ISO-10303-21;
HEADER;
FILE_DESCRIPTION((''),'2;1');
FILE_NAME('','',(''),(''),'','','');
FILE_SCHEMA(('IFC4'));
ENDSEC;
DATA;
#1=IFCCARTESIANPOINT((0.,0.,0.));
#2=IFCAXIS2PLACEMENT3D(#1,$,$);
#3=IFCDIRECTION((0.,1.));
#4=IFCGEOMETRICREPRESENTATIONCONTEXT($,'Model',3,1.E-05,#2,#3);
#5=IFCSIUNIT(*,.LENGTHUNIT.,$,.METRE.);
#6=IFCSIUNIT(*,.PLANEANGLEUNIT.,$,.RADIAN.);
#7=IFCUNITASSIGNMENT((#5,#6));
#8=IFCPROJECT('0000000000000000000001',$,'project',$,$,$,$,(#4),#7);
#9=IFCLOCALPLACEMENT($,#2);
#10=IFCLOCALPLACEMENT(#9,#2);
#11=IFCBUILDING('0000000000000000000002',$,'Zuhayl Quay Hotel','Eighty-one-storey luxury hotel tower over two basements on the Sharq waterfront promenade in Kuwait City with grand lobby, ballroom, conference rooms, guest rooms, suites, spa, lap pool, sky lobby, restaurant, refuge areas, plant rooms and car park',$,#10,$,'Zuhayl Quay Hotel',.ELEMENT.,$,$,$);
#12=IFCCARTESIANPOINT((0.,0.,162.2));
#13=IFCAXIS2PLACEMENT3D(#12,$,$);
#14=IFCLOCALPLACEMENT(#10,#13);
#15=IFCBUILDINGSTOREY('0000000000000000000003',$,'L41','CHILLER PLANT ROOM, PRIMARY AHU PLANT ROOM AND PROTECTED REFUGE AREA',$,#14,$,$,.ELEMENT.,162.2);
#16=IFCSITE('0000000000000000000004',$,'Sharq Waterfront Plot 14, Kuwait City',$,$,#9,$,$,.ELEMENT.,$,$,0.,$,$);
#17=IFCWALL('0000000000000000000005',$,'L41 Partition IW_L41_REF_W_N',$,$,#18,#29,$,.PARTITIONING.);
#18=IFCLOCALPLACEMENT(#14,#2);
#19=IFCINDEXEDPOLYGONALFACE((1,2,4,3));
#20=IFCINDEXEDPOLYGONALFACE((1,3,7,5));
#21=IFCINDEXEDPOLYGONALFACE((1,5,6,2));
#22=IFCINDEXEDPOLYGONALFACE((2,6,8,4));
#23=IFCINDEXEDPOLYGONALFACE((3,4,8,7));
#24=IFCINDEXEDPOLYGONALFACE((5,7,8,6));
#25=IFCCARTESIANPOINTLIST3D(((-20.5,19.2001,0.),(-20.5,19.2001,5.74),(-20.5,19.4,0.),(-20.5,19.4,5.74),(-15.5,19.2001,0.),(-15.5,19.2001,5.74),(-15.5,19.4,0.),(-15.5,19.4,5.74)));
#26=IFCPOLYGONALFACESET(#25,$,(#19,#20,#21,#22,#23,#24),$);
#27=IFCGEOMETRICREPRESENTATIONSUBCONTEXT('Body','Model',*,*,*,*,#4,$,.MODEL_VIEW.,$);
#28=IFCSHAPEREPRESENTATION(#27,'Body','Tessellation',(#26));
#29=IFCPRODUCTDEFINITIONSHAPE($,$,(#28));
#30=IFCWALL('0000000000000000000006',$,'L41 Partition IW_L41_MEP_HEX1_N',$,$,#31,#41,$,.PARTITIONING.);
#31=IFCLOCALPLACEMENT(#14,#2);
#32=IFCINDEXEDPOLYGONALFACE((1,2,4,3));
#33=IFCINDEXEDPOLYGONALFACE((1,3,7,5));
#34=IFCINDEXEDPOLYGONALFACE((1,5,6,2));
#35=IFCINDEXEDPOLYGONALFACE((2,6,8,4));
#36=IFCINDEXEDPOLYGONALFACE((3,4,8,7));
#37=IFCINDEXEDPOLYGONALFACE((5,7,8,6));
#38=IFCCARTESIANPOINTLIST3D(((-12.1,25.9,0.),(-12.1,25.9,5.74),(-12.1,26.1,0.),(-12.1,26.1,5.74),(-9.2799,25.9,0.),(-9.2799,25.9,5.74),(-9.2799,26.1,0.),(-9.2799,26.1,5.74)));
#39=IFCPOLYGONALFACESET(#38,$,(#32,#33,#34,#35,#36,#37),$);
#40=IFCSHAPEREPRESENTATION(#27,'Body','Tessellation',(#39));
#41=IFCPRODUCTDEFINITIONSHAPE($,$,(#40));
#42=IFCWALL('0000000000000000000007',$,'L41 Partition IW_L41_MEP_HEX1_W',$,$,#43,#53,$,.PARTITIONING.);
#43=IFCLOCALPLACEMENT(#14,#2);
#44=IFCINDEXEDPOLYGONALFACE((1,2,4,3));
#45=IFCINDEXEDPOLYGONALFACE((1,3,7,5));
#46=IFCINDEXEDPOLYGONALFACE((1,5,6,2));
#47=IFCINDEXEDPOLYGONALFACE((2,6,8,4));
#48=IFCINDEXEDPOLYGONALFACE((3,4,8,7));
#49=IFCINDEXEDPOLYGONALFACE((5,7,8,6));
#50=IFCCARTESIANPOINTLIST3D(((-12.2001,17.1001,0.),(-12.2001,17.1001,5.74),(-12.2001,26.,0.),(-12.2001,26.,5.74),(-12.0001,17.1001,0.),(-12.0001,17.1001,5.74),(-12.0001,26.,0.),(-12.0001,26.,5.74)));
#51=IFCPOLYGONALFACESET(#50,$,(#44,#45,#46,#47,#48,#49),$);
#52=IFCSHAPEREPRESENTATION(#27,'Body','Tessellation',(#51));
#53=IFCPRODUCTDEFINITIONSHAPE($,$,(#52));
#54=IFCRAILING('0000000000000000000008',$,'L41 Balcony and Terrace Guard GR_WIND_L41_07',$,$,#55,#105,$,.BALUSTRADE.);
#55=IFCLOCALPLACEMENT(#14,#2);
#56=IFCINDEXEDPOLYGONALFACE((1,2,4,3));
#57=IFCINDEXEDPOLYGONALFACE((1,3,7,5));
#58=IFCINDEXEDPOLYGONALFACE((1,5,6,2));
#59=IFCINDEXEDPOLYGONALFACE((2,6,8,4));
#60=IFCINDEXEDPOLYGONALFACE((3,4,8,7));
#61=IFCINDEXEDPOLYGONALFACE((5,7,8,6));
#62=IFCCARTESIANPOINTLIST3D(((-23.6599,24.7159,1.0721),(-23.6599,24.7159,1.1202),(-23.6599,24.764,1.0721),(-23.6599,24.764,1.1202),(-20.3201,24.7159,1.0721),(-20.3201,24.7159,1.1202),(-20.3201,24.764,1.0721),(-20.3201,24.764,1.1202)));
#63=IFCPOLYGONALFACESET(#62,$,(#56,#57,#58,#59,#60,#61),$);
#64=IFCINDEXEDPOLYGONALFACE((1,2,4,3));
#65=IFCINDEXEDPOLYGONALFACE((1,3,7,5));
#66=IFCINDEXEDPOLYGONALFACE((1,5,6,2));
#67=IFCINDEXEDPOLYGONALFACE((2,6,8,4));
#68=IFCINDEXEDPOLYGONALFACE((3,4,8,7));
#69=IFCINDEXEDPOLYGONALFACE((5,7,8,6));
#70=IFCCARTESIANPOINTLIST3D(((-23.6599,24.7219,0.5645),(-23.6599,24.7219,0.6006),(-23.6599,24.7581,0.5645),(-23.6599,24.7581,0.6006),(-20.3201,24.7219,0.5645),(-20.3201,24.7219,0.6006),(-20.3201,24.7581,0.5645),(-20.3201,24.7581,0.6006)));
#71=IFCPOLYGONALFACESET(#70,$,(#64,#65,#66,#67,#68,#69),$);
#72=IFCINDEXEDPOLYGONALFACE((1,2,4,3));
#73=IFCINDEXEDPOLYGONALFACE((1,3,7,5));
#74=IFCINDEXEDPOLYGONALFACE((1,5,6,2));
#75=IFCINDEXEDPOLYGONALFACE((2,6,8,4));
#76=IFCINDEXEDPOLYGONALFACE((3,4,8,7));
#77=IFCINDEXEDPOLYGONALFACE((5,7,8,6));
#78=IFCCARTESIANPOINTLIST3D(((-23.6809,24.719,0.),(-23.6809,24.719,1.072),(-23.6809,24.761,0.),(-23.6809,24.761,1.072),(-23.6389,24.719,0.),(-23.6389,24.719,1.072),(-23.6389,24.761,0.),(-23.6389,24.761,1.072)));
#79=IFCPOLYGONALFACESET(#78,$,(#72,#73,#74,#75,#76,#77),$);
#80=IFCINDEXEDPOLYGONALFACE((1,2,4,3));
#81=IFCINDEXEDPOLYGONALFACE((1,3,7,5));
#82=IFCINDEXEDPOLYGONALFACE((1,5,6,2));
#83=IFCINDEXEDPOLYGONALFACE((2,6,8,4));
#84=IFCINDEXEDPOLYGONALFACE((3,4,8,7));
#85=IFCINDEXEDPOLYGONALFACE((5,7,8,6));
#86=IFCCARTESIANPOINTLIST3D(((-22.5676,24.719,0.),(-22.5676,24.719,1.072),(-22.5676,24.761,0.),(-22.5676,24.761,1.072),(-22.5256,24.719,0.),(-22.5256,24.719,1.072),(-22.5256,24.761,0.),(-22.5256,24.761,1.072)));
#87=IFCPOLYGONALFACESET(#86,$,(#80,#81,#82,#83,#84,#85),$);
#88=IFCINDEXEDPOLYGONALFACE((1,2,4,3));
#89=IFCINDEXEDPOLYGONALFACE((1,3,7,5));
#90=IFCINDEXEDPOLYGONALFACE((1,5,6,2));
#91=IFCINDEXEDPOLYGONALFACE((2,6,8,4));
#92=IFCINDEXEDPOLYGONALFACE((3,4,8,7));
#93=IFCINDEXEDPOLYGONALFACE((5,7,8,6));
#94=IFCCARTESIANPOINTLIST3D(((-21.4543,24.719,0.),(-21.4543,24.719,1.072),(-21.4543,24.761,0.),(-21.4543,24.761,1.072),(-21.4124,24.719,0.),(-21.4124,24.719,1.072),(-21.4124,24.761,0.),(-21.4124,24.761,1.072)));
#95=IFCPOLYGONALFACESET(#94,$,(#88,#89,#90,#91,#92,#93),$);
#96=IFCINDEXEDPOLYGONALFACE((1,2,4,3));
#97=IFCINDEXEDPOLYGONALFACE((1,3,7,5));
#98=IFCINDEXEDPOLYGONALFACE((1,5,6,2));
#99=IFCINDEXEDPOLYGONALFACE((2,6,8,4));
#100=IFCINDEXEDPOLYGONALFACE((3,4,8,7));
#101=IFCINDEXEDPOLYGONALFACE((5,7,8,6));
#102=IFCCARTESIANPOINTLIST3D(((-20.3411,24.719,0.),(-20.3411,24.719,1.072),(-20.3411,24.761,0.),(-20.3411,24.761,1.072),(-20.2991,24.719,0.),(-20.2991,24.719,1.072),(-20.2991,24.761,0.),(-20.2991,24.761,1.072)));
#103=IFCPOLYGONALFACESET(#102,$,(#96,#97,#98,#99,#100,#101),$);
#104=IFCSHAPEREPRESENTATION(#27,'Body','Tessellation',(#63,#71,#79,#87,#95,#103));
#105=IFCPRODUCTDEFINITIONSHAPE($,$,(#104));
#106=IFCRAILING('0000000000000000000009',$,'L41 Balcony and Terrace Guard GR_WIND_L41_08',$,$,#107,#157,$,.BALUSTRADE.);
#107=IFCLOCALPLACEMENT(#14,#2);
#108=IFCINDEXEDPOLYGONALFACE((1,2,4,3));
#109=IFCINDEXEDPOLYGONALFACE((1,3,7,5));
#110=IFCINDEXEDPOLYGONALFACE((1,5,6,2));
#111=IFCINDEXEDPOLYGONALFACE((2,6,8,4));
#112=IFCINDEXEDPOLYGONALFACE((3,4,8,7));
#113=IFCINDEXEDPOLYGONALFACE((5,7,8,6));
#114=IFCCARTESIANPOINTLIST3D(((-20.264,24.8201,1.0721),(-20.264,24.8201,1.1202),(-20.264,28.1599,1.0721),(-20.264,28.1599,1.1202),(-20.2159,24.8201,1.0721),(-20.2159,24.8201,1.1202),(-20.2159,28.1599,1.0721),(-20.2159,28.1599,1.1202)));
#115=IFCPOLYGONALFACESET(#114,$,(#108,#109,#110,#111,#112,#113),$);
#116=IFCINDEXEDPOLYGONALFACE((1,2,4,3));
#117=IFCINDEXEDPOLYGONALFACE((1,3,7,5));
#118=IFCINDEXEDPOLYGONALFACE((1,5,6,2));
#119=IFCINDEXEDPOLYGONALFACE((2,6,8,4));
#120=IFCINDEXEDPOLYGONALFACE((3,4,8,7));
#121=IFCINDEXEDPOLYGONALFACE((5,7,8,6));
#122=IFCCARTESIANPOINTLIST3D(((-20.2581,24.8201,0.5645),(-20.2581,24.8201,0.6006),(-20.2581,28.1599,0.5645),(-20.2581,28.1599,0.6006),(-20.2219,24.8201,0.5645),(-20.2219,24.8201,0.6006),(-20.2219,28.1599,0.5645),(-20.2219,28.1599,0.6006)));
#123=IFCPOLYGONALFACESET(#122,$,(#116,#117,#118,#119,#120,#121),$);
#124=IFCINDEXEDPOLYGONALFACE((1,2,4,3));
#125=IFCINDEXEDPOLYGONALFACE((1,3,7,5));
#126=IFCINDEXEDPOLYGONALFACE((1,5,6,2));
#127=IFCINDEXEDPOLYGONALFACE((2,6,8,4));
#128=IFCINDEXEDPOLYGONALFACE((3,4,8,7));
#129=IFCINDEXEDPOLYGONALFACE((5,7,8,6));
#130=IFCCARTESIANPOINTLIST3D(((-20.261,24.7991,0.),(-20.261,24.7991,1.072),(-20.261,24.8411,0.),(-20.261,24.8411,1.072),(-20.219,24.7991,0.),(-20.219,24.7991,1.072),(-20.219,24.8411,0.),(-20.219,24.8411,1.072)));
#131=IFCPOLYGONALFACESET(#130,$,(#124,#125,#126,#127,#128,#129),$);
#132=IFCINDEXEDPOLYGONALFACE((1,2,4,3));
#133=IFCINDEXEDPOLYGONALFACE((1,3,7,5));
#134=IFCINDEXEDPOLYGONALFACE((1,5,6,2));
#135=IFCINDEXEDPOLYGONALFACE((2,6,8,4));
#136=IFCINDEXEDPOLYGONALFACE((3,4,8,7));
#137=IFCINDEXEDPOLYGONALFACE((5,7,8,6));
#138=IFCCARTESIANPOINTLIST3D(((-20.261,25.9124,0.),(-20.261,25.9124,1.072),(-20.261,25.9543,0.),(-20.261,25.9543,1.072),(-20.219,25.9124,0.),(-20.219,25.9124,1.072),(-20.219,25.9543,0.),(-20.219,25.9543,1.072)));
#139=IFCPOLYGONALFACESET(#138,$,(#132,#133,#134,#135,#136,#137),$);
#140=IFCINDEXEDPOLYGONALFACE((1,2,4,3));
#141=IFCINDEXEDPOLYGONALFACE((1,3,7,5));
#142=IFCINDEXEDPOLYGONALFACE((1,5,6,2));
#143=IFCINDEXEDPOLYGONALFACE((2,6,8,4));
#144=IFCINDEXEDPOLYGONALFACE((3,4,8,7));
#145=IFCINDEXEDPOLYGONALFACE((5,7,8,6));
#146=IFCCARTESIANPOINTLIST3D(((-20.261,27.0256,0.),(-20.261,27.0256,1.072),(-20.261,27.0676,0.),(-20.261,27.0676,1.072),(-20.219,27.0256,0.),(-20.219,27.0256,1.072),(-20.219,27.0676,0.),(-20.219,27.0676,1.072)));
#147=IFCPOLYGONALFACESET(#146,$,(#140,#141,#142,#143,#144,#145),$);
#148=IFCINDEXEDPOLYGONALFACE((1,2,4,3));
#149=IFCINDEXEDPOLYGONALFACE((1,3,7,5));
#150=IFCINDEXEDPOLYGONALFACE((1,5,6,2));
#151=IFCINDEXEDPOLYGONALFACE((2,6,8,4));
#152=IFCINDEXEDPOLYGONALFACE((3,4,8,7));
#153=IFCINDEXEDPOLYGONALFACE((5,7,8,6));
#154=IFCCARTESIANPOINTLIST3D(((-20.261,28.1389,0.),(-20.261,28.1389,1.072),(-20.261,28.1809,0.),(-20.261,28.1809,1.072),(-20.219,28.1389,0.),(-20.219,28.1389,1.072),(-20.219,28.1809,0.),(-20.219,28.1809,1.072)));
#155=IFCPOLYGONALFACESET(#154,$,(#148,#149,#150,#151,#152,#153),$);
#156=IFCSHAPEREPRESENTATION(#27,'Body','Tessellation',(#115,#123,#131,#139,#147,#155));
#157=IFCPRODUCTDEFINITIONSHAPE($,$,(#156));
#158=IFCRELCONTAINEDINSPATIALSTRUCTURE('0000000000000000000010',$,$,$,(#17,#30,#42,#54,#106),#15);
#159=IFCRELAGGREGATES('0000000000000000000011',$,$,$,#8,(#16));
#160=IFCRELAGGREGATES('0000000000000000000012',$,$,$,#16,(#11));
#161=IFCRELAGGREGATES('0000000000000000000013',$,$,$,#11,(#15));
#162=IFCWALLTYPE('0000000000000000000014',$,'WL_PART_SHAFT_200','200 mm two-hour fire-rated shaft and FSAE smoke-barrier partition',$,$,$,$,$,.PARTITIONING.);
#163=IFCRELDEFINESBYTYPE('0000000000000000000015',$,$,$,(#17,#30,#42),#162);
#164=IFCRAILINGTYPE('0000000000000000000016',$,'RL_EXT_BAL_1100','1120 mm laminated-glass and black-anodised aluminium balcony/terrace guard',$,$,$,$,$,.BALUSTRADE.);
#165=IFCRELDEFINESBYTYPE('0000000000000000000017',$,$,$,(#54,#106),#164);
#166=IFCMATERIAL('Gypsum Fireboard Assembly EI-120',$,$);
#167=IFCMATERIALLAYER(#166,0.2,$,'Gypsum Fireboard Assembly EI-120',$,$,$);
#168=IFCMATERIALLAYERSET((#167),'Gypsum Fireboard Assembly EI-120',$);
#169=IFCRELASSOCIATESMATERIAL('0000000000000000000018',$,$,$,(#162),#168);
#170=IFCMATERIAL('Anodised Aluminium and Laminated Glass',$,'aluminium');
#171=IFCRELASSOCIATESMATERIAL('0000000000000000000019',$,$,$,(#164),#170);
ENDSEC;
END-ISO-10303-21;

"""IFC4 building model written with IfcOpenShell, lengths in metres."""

from ifc_helpers import new_model, si_unit, direction, frame, frame_2d, origin, origin_2d, place, context, subcontext, project, spatial, rectangle, extrude, material, layer, layer_set, type_object, element, save


model = new_model("IFC4")

# Units and contexts
model_context = context("Model", 3, precision=1e-05, world=origin(), true_north=direction((0.0, 1.0)))
body_context = subcontext(model_context, "Body", "Model", "MODEL_VIEW")
ifc_project = project(units=[si_unit("LENGTHUNIT", "METRE"), si_unit("PLANEANGLEUNIT", "RADIAN")], contexts=[model_context])

# Site, building, storey
site_placement = place(None, origin())
site = spatial("IfcSite", under=ifc_project, at=site_placement, Name="Sharq Waterfront Plot 14, Kuwait City", CompositionType="ELEMENT", RefElevation=0.0)
building_placement = place(site_placement, origin())
building = spatial("IfcBuilding", under=site, at=building_placement, Name="Zuhayl Quay Hotel", Description="Eighty-one-storey luxury hotel tower over two basements on the Sharq waterfront promenade in Kuwait City with grand lobby, ballroom, conference rooms, guest rooms, suites, spa, lap pool, sky lobby, restaurant, refuge areas, plant rooms and car park", LongName="Zuhayl Quay Hotel", CompositionType="ELEMENT")
storey_placement = place(building_placement, frame((0.0, 0.0, 162.2)))
storey = spatial("IfcBuildingStorey", under=building, at=storey_placement, Name="L41", Description="CHILLER PLANT ROOM, PRIMARY AHU PLANT ROOM AND PROTECTED REFUGE AREA", CompositionType="ELEMENT", Elevation=162.2)

# Shared definitions
ifc_material_1 = material(Name="Gypsum Fireboard Assembly EI-120")
ifc_layer_1 = layer(ifc_material_1, 0.2, Name="Gypsum Fireboard Assembly EI-120")
ifc_layer_set_1 = layer_set([ifc_layer_1], Name="Gypsum Fireboard Assembly EI-120")
wall_type_1 = type_object("IfcWallType", Name="WL_PART_SHAFT_200", Description="200 mm two-hour fire-rated shaft and FSAE smoke-barrier partition", PredefinedType="PARTITIONING", material=ifc_layer_set_1)

# Walls
wall_1_placement = place(storey_placement, frame((-20.5, 19.3, 0.0), z_axis=(0.0, 0.0, 1.0), x_axis=(1.0, 0.0, 0.0)))
element("IfcWall", 1, at=wall_1_placement, inside=storey, type_object=wall_type_1, Name="L41 Partition IW_L41_REF_W_N", PredefinedType="PARTITIONING", context=body_context, shape_type="SweptSolid", body=[
    extrude(rectangle(XDim=5.0, YDim=0.2, at=frame_2d((2.5, 0.0))), origin(), (0.0, 0.0, 1.0), 5.74),
])
wall_2_placement = place(storey_placement, frame((-12.1001, 26.0, 0.0), z_axis=(0.0, 0.0, 1.0), x_axis=(1.0, 0.0, 0.0)))
element("IfcWall", 2, at=wall_2_placement, inside=storey, type_object=wall_type_1, Name="L41 Partition IW_L41_MEP_HEX1_N", PredefinedType="PARTITIONING", context=body_context, shape_type="SweptSolid", body=[
    extrude(rectangle(XDim=2.8201, YDim=0.2, at=frame_2d((1.4102, 0.0))), origin(), (0.0, 0.0, 1.0), 5.74),
])
wall_3_placement = place(storey_placement, frame((-12.1001, 17.1001, 0.0), z_axis=(0.0, 0.0, 1.0), x_axis=(0.0, 1.0, 0.0)))
element("IfcWall", 3, at=wall_3_placement, inside=storey, type_object=wall_type_1, Name="L41 Partition IW_L41_MEP_HEX1_W", PredefinedType="PARTITIONING", context=body_context, shape_type="SweptSolid", body=[
    extrude(rectangle(XDim=8.8999, YDim=0.2, at=frame_2d((4.45, 0.0))), origin(), (0.0, 0.0, 1.0), 5.74),
])

# Railings
ifc_material_2 = material(Name="Anodised Aluminium and Laminated Glass", Category="aluminium")
railing_type = type_object("IfcRailingType", Name="RL_EXT_BAL_1100", Description="1120 mm laminated-glass and black-anodised aluminium balcony/terrace guard", PredefinedType="BALUSTRADE", material=ifc_material_2)
railing_1_placement = place(storey_placement, frame((-23.6599, 24.74, 0.0)))
element("IfcRailing", 4, at=railing_1_placement, inside=storey, type_object=railing_type, Name="L41 Balcony and Terrace Guard GR_WIND_L41_07", PredefinedType="BALUSTRADE", context=body_context, shape_type="SweptSolid", body=[
    extrude(rectangle(XDim=0.0481, YDim=0.0481, at=origin_2d()), frame((0.0, 0.0, 1.0962), z_axis=(1.0, 0.0, 0.0), x_axis=(0.0, 1.0, 0.0)), (0.0, 0.0, 1.0), 3.3398),
    extrude(rectangle(XDim=0.0361, YDim=0.0361, at=origin_2d()), frame((0.0, 0.0, 0.5825), z_axis=(1.0, 0.0, 0.0), x_axis=(0.0, 1.0, 0.0)), (0.0, 0.0, 1.0), 3.3398),
    extrude(rectangle(XDim=0.042, YDim=0.042, at=origin_2d()), origin(), (0.0, 0.0, 1.0), 1.072),
    extrude(rectangle(XDim=0.042, YDim=0.042, at=origin_2d()), frame((1.1133, 0.0, 0.0)), (0.0, 0.0, 1.0), 1.072),
    extrude(rectangle(XDim=0.042, YDim=0.042, at=origin_2d()), frame((2.2266, 0.0, 0.0)), (0.0, 0.0, 1.0), 1.072),
    extrude(rectangle(XDim=0.042, YDim=0.042, at=origin_2d()), frame((3.3398, 0.0, 0.0)), (0.0, 0.0, 1.0), 1.072),
])
railing_2_placement = place(storey_placement, frame((-20.24, 24.8201, 0.0)))
element("IfcRailing", 5, at=railing_2_placement, inside=storey, type_object=railing_type, Name="L41 Balcony and Terrace Guard GR_WIND_L41_08", PredefinedType="BALUSTRADE", context=body_context, shape_type="SweptSolid", body=[
    extrude(rectangle(XDim=0.0481, YDim=0.0481, at=origin_2d()), frame((0.0, 0.0, 1.0962), z_axis=(0.0, 1.0, 0.0), x_axis=(-1.0, 0.0, 0.0)), (0.0, 0.0, 1.0), 3.3398),
    extrude(rectangle(XDim=0.0361, YDim=0.0361, at=origin_2d()), frame((0.0, 0.0, 0.5825), z_axis=(0.0, 1.0, 0.0), x_axis=(-1.0, 0.0, 0.0)), (0.0, 0.0, 1.0), 3.3398),
    extrude(rectangle(XDim=0.042, YDim=0.042, at=origin_2d()), origin(), (0.0, 0.0, 1.0), 1.072),
    extrude(rectangle(XDim=0.042, YDim=0.042, at=origin_2d()), frame((0.0, 1.1133, 0.0)), (0.0, 0.0, 1.0), 1.072),
    extrude(rectangle(XDim=0.042, YDim=0.042, at=origin_2d()), frame((0.0, 2.2266, 0.0)), (0.0, 0.0, 1.0), 1.072),
    extrude(rectangle(XDim=0.042, YDim=0.042, at=origin_2d()), frame((0.0, 3.3398, 0.0)), (0.0, 0.0, 1.0), 1.072),
])

save(model, "model.ifc")
